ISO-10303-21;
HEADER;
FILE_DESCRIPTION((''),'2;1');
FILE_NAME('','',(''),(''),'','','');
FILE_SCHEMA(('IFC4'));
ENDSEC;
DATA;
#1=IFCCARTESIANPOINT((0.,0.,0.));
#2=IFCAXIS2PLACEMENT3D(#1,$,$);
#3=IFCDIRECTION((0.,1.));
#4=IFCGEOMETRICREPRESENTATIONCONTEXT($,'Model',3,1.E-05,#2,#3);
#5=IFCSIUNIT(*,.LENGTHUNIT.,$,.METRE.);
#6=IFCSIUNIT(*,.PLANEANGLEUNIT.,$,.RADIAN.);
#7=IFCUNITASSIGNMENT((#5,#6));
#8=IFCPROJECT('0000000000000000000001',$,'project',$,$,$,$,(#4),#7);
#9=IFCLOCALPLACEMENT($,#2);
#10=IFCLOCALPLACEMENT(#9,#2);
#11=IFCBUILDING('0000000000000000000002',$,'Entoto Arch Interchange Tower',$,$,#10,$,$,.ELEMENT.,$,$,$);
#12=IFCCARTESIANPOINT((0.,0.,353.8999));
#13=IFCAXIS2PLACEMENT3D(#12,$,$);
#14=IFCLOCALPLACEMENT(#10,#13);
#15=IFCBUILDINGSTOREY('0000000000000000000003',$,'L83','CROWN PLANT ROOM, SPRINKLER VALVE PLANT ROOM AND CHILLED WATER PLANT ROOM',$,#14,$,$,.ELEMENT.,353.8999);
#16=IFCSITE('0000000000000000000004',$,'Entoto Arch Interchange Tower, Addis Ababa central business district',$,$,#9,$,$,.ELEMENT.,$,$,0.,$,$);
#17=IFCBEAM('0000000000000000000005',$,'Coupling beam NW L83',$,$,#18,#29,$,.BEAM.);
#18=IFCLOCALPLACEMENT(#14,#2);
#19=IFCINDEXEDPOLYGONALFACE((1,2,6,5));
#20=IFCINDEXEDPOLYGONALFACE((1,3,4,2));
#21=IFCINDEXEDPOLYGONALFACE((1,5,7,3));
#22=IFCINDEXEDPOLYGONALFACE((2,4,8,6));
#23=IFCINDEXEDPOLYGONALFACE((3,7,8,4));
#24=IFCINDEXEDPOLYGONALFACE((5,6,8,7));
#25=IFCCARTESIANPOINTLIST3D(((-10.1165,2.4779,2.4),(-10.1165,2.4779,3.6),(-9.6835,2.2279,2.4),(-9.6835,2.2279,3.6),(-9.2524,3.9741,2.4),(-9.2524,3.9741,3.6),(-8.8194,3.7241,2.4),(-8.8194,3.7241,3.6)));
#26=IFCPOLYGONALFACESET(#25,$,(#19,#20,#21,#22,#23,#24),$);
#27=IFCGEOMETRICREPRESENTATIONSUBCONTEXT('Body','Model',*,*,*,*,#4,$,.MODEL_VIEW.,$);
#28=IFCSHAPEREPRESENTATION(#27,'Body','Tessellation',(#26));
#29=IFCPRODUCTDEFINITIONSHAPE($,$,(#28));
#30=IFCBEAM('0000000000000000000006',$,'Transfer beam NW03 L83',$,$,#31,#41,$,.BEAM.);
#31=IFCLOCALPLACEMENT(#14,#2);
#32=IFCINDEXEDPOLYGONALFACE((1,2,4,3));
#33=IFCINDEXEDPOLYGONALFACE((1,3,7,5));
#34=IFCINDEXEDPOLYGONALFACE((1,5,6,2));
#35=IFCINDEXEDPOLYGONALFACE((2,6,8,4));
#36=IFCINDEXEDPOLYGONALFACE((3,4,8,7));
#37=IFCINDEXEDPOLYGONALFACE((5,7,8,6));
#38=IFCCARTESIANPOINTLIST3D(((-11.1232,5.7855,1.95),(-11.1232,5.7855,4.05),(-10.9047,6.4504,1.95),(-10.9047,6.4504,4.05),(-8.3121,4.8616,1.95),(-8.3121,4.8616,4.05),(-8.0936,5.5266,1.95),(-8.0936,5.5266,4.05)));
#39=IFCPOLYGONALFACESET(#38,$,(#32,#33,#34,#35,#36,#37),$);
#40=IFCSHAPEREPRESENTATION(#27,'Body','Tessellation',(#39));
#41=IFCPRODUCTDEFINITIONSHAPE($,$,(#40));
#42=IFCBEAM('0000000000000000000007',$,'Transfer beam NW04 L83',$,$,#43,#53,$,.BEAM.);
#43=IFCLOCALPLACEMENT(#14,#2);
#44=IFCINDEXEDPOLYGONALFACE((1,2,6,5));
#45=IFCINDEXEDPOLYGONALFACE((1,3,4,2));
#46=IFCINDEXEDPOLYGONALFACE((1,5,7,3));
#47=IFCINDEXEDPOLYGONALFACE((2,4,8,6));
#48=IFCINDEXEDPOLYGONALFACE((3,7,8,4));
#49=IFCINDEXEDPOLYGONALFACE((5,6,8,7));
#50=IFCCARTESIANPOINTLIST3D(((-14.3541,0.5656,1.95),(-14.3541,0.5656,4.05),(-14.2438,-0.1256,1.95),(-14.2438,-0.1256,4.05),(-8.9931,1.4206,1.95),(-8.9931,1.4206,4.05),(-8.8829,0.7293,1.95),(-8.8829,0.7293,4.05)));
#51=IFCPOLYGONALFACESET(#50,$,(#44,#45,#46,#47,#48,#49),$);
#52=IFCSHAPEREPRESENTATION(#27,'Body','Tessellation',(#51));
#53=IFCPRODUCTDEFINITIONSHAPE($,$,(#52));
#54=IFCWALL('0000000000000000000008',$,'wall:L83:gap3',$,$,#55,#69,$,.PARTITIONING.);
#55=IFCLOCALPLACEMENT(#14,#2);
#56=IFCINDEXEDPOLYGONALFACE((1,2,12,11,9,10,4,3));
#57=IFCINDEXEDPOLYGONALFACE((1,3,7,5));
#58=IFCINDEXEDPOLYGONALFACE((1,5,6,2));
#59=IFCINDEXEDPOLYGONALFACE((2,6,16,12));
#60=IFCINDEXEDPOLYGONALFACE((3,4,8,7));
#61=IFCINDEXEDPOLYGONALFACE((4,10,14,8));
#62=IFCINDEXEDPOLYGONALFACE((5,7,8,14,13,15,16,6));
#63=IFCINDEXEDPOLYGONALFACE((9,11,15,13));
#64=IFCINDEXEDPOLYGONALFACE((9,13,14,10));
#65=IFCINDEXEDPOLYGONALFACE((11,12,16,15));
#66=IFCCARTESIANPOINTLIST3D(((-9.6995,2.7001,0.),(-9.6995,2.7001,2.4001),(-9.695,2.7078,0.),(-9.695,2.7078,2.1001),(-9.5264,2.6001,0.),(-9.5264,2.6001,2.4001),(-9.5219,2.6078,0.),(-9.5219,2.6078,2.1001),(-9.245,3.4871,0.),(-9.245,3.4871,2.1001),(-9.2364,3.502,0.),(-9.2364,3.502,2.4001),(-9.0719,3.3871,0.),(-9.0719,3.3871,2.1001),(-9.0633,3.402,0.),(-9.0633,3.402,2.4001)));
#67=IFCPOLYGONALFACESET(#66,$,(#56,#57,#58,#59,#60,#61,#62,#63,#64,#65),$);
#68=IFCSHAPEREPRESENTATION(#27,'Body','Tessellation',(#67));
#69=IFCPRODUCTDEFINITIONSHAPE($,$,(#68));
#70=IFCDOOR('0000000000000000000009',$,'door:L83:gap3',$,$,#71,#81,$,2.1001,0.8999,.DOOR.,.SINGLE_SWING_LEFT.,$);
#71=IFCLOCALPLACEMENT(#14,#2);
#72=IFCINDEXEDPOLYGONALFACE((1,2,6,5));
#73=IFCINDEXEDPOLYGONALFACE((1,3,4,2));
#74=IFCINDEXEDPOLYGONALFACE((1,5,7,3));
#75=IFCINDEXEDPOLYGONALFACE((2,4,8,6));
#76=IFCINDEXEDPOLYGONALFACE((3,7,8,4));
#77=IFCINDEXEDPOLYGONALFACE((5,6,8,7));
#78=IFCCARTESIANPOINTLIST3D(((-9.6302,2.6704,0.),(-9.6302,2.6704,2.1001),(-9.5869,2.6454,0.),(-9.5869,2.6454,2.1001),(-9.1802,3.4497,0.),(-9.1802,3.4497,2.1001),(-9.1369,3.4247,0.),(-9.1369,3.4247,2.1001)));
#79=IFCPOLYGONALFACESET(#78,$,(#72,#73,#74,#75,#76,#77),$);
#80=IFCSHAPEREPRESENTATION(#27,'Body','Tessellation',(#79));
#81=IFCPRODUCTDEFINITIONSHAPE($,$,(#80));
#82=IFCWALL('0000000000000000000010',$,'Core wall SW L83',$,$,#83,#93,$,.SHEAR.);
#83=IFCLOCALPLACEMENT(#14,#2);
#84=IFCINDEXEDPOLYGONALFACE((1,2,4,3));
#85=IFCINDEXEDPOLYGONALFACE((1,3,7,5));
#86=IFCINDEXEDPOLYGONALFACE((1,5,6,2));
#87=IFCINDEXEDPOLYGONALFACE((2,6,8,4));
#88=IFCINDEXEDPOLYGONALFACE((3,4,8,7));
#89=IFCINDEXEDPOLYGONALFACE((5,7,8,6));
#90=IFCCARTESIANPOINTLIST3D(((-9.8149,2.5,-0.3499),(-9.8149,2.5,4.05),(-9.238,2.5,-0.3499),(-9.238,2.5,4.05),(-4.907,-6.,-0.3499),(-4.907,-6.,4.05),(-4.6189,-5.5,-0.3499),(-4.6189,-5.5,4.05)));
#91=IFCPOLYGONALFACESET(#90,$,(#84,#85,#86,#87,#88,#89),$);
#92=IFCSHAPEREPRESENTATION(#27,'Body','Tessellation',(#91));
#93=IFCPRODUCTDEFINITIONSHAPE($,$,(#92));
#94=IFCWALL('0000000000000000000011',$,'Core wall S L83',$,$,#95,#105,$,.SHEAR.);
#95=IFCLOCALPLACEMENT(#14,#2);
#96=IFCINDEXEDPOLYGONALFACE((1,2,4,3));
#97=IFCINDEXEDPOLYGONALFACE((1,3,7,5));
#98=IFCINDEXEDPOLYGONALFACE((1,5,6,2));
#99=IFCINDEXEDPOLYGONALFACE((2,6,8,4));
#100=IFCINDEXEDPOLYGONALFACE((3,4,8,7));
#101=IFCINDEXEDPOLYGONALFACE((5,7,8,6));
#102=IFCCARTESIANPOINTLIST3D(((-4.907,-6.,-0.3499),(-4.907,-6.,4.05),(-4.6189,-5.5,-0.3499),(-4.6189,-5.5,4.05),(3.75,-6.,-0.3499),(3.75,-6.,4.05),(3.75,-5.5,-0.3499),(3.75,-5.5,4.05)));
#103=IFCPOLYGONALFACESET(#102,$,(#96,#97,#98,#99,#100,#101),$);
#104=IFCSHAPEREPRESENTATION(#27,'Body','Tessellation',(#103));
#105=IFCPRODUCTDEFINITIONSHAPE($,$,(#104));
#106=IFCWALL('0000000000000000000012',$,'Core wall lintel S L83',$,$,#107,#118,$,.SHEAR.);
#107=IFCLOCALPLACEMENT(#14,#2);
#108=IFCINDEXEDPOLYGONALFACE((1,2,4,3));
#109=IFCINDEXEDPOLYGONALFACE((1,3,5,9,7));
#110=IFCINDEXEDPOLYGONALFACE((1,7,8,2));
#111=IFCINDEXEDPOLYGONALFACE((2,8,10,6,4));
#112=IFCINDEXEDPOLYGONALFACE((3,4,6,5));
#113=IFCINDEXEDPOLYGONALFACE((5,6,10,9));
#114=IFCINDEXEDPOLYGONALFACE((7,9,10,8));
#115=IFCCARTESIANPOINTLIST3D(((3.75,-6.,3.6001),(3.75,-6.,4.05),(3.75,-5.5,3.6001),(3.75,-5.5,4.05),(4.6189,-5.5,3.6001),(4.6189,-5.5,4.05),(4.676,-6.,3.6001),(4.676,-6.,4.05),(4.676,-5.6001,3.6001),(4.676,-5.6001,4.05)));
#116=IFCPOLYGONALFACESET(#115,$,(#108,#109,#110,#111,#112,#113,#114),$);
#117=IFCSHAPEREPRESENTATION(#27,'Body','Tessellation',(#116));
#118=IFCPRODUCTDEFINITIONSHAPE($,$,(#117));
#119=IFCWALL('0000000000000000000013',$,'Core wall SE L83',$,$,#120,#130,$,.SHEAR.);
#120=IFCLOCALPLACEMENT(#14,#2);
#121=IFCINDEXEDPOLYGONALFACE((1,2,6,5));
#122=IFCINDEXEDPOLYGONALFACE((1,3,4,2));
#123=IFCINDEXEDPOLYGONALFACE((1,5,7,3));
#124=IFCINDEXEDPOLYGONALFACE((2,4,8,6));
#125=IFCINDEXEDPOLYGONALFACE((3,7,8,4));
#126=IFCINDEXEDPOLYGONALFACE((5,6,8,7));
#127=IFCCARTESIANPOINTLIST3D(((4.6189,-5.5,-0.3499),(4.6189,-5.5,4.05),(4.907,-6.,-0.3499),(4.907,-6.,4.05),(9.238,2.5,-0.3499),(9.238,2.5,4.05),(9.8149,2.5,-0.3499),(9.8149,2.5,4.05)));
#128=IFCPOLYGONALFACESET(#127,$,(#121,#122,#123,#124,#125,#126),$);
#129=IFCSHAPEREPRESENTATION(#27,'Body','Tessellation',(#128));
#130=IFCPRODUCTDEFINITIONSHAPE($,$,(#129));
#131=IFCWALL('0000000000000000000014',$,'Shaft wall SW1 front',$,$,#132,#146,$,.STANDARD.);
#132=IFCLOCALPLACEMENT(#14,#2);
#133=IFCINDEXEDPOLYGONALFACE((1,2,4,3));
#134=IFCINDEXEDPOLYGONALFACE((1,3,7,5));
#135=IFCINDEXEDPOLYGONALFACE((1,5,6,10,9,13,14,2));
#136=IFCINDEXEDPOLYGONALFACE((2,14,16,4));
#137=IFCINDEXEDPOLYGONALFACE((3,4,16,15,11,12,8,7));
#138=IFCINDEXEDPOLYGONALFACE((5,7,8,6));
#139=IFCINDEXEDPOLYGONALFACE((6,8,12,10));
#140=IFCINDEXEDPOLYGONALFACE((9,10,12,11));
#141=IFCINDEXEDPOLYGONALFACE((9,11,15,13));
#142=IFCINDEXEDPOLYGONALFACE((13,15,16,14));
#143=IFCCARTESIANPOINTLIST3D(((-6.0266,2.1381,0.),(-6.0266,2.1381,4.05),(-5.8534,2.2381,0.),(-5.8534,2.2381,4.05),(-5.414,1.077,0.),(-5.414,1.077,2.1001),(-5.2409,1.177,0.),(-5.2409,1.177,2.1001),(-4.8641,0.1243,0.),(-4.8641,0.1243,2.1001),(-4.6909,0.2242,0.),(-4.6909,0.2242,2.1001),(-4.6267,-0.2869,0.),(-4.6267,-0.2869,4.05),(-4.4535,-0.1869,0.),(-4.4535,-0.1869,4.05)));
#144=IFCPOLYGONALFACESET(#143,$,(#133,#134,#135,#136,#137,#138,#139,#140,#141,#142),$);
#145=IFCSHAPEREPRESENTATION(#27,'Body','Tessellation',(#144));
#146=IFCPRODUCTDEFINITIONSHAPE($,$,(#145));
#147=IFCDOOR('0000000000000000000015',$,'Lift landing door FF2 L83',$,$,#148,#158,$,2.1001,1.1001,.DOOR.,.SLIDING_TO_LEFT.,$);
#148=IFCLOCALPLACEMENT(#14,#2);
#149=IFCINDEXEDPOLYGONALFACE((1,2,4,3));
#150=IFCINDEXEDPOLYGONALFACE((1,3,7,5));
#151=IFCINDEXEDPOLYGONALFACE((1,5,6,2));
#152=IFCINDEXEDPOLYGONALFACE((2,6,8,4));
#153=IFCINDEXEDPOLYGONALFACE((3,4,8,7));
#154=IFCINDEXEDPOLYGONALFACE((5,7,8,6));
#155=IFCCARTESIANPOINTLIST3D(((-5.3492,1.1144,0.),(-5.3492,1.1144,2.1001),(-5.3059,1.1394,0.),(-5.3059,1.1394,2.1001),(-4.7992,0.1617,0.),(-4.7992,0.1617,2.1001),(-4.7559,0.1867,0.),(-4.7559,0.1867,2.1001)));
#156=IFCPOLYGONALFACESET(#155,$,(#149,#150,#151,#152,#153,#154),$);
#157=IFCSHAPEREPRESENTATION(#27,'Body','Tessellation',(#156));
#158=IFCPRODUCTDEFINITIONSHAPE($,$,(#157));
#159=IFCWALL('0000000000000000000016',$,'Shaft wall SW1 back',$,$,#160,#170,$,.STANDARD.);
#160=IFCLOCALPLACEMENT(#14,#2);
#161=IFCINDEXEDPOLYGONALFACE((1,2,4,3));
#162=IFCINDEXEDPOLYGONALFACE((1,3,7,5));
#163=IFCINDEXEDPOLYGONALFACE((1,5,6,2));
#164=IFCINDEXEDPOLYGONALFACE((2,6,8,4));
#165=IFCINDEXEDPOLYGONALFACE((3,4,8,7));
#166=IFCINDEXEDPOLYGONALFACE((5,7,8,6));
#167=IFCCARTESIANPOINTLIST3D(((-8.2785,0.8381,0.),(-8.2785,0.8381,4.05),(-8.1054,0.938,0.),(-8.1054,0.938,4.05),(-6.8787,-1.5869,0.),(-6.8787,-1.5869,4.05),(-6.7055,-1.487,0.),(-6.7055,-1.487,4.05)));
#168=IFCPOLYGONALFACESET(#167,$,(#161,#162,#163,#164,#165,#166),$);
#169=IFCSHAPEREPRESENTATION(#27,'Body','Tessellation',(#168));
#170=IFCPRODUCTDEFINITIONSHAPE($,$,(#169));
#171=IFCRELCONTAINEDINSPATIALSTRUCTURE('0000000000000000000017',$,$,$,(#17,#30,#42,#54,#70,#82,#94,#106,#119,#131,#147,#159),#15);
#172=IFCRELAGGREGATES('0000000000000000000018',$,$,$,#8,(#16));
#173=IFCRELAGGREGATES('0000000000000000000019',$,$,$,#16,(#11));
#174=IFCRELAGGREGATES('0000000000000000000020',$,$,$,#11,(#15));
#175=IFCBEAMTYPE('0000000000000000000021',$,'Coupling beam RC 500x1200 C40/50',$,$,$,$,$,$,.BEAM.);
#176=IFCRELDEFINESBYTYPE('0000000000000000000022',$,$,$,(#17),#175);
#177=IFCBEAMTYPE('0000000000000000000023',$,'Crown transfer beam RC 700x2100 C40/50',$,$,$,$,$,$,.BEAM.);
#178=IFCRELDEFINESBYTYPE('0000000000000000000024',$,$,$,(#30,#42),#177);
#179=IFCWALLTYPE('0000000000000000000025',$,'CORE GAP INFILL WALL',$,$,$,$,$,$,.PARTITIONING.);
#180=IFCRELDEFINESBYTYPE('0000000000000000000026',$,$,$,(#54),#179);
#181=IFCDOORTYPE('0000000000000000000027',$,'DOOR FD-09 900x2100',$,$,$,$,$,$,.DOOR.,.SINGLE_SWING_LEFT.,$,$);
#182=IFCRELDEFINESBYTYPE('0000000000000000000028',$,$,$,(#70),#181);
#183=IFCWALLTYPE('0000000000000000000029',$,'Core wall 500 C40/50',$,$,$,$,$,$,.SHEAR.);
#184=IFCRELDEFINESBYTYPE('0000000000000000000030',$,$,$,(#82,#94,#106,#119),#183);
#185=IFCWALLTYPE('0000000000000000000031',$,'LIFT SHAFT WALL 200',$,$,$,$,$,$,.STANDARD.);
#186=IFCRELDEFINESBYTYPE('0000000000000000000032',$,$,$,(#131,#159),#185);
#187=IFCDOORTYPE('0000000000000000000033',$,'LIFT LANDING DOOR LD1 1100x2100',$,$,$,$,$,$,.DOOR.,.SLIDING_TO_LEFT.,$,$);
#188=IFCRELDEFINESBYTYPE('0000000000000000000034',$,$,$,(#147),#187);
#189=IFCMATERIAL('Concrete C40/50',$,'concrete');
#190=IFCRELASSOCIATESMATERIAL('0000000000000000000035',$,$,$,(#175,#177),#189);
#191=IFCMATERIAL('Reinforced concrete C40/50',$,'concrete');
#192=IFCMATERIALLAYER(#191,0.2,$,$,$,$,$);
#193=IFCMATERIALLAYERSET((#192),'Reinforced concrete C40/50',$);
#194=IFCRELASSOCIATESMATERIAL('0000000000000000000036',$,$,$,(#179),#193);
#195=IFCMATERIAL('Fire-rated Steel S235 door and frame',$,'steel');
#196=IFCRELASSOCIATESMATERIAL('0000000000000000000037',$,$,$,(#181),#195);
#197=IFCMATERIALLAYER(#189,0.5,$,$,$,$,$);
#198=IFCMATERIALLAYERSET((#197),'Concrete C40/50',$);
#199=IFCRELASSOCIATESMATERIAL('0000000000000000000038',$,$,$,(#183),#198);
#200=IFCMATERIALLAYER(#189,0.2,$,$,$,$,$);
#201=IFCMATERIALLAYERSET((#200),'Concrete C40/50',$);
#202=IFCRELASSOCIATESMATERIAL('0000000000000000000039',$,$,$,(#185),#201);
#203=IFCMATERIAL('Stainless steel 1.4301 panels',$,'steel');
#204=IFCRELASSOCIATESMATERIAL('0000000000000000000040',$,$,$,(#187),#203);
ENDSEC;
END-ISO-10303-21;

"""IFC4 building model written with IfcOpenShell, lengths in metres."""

from ifc_helpers import new_model, si_unit, direction, frame, frame_2d, origin, origin_2d, place, context, subcontext, project, spatial, polyline, rectangle, outline, extrude, material, layer, layer_set, material_profile, profile_set, type_object, element, fill, save


model = new_model("IFC4")

# Units and contexts
model_context = context("Model", 3, precision=1e-05, world=origin(), true_north=direction((0.0, 1.0)))
body_context = subcontext(model_context, "Body", "Model", "MODEL_VIEW")
ifc_project = project(units=[si_unit("LENGTHUNIT", "METRE"), si_unit("PLANEANGLEUNIT", "RADIAN")], contexts=[model_context])

# Site, building, storey
site_placement = place(None, origin())
site = spatial("IfcSite", under=ifc_project, at=site_placement, Name="Entoto Arch Interchange Tower, Addis Ababa central business district", CompositionType="ELEMENT", RefElevation=0.0)
building_placement = place(site_placement, origin())
building = spatial("IfcBuilding", under=site, at=building_placement, Name="Entoto Arch Interchange Tower", CompositionType="ELEMENT")
storey_placement = place(building_placement, frame((0.0, 0.0, 353.8999)))
storey = spatial("IfcBuildingStorey", under=building, at=storey_placement, Name="L83", Description="CROWN PLANT ROOM, SPRINKLER VALVE PLANT ROOM AND CHILLED WATER PLANT ROOM", CompositionType="ELEMENT", Elevation=353.8999)

# Beams
ifc_material_1 = material(Name="Concrete C40/50", Category="concrete")
ifc_material_profile_1 = material_profile(ifc_material_1, rectangle(XDim=0.5, YDim=1.2, at=origin_2d()))
ifc_profile_set_1 = profile_set([ifc_material_profile_1], Name="Concrete C40/50")
beam_type_1 = type_object("IfcBeamType", Name="Coupling beam RC 500x1200 C40/50", PredefinedType="BEAM", material=ifc_profile_set_1)
beam_1_placement = place(storey_placement, frame((-9.0359, 3.8491, 3.0), z_axis=(-0.500106, -0.865964, 0.0), x_axis=(0.865964, -0.500106, 0.0)))
element("IfcBeam", 1, at=beam_1_placement, inside=storey, type_object=beam_type_1, Name="Coupling beam NW L83", PredefinedType="BEAM", context=body_context, shape_type="SweptSolid", body=[
    extrude(rectangle(XDim=0.5, YDim=1.2, at=origin_2d()), origin(), (0.0, 0.0, 1.0), 1.7278),
])
ifc_material_profile_2 = material_profile(ifc_material_1, rectangle(XDim=0.7, YDim=2.1001, at=origin_2d()))
ifc_profile_set_2 = profile_set([ifc_material_profile_2], Name="Concrete C40/50")
beam_type_2 = type_object("IfcBeamType", Name="Crown transfer beam RC 700x2100 C40/50", PredefinedType="BEAM", material=ifc_profile_set_2)
beam_2_placement = place(storey_placement, frame((-8.2029, 5.1941, 3.0), z_axis=(-0.950011, 0.312215, 0.0), x_axis=(-0.312215, -0.950011, 0.0)))
element("IfcBeam", 2, at=beam_2_placement, inside=storey, type_object=beam_type_2, Name="Transfer beam NW03 L83", PredefinedType="BEAM", context=body_context, shape_type="SweptSolid", body=[
    extrude(rectangle(XDim=0.7, YDim=2.1001, at=origin_2d()), origin(), (0.0, 0.0, 1.0), 2.959),
])
beam_3_placement = place(storey_placement, frame((-8.938, 1.075, 3.0), z_axis=(-0.987521, -0.157489, 0.0), x_axis=(0.157489, -0.987521, 0.0)))
element("IfcBeam", 3, at=beam_3_placement, inside=storey, type_object=beam_type_2, Name="Transfer beam NW04 L83", PredefinedType="BEAM", context=body_context, shape_type="SweptSolid", body=[
    extrude(rectangle(XDim=0.7, YDim=2.1001, at=origin_2d()), origin(), (0.0, 0.0, 1.0), 5.4287),
])

# Wall, opening, door
ifc_material_2 = material(Name="Reinforced concrete C40/50", Category="concrete")
ifc_layer_1 = layer(ifc_material_2, 0.2)
ifc_layer_set_1 = layer_set([ifc_layer_1], Name="Reinforced concrete C40/50")
wall_type_1 = type_object("IfcWallType", Name="CORE GAP INFILL WALL", PredefinedType="PARTITIONING", material=ifc_layer_set_1)
wall_1_placement = place(storey_placement, frame((-9.1499, 3.4519, 0.0), z_axis=(0.0, 0.0, 1.0), x_axis=(-0.50008, -0.865979, 0.0)))
wall_1 = element("IfcWall", 4, at=wall_1_placement, inside=storey, type_object=wall_type_1, Name="wall:L83:gap3", PredefinedType="PARTITIONING", context=body_context, shape_type="SweptSolid", body=[
    extrude(rectangle(XDim=0.926, YDim=0.2, at=frame_2d((0.4629, 0.0))), origin(), (0.0, 0.0, 1.0), 2.4001),
])
opening_1_placement = place(wall_1_placement, frame((0.0171, 0.0, 0.0)))
opening_1 = element("IfcOpeningElement", 5, at=opening_1_placement, cuts=wall_1, PredefinedType="OPENING", context=body_context, shape_type="SweptSolid", body=[
    extrude(rectangle(XDim=0.8999, YDim=2.1001, at=frame_2d((0.45, 1.05))), frame((0.0, 0.1099, 0.0), z_axis=(0.0, -1.0, 0.0), x_axis=(1.0, 0.0, 0.0)), (0.0, 0.0, 1.0), 0.22),
])
ifc_material_3 = material(Name="Fire-rated Steel S235 door and frame", Category="steel")
door_type_1 = type_object("IfcDoorType", Name="DOOR FD-09 900x2100", OperationType="SINGLE_SWING_LEFT", PredefinedType="DOOR", material=ifc_material_3)
door_1_placement = place(opening_1_placement, origin())
door_1 = element("IfcDoor", 6, at=door_1_placement, inside=storey, type_object=door_type_1, Name="door:L83:gap3", OperationType="SINGLE_SWING_LEFT", OverallHeight=2.1001, OverallWidth=0.8999, PredefinedType="DOOR", context=body_context, shape_type="SweptSolid", body=[
    extrude(rectangle(XDim=0.8999, YDim=2.1001, at=frame_2d((0.45, 1.05))), frame((0.0, 0.0249, 0.0), z_axis=(0.0, -1.0, 0.0), x_axis=(1.0, 0.0, 0.0)), (0.0, 0.0, 1.0), 0.05),
])
fill(opening_1, door_1)

# Walls
ifc_layer_2 = layer(ifc_material_1, 0.5)
ifc_layer_set_2 = layer_set([ifc_layer_2], Name="Concrete C40/50")
wall_type_2 = type_object("IfcWallType", Name="Core wall 500 C40/50", PredefinedType="SHEAR", material=ifc_layer_set_2)
wall_2_placement = place(storey_placement, frame((0.0, 0.0, -0.3499)))
element("IfcWall", 7, at=wall_2_placement, inside=storey, type_object=wall_type_2, Name="Core wall SW L83", PredefinedType="SHEAR", context=body_context, shape_type="SweptSolid", body=[
    extrude(outline(polyline([(-9.8149, 2.5), (-4.907, -6.0), (-4.6189, -5.5), (-9.238, 2.5), (-9.8149, 2.5)])), origin(), (0.0, 0.0, 1.0), 4.3999),
])
wall_3_placement = place(storey_placement, frame((0.0, 0.0, -0.3499)))
element("IfcWall", 8, at=wall_3_placement, inside=storey, type_object=wall_type_2, Name="Core wall S L83", PredefinedType="SHEAR", context=body_context, shape_type="SweptSolid", body=[
    extrude(outline(polyline([(3.75, -6.0), (3.75, -5.5), (-4.6189, -5.5), (-4.907, -6.0), (3.75, -6.0)])), origin(), (0.0, 0.0, 1.0), 4.3999),
])
wall_4_placement = place(storey_placement, frame((0.0, 0.0, 3.6001)))
element("IfcWall", 9, at=wall_4_placement, inside=storey, type_object=wall_type_2, Name="Core wall lintel S L83", PredefinedType="SHEAR", context=body_context, shape_type="SweptSolid", body=[
    extrude(outline(polyline([(4.676, -6.0), (4.676, -5.6001), (4.6189, -5.5), (3.75, -5.5), (3.75, -6.0), (4.676, -6.0)])), origin(), (0.0, 0.0, 1.0), 0.45),
])
wall_5_placement = place(storey_placement, frame((0.0, 0.0, -0.3499)))
element("IfcWall", 10, at=wall_5_placement, inside=storey, type_object=wall_type_2, Name="Core wall SE L83", PredefinedType="SHEAR", context=body_context, shape_type="SweptSolid", body=[
    extrude(outline(polyline([(4.907, -6.0), (9.8149, 2.5), (9.238, 2.5), (4.6189, -5.5), (4.907, -6.0)])), origin(), (0.0, 0.0, 1.0), 4.3999),
])

# Wall, opening, door
ifc_layer_3 = layer(ifc_material_1, 0.2)
ifc_layer_set_3 = layer_set([ifc_layer_3], Name="Concrete C40/50")
wall_type_3 = type_object("IfcWallType", Name="LIFT SHAFT WALL 200", PredefinedType="STANDARD", material=ifc_layer_set_3)
wall_6_placement = place(storey_placement, frame((-5.9399, 2.188, 0.0), z_axis=(0.0, 0.0, 1.0), x_axis=(0.499946, -0.866056, 0.0)))
wall_6 = element("IfcWall", 11, at=wall_6_placement, inside=storey, type_object=wall_type_3, Name="Shaft wall SW1 front", PredefinedType="STANDARD", context=body_context, shape_type="SweptSolid", body=[
    extrude(rectangle(XDim=2.8, YDim=0.2, at=frame_2d((1.3999, 0.0))), origin(), (0.0, 0.0, 1.0), 4.05),
])
opening_2_placement = place(wall_6_placement, frame((1.2251, 0.0, 0.0)))
opening_2 = element("IfcOpeningElement", 12, at=opening_2_placement, cuts=wall_6, PredefinedType="OPENING", context=body_context, shape_type="SweptSolid", body=[
    extrude(rectangle(XDim=1.1001, YDim=2.1001, at=frame_2d((0.55, 1.05))), frame((0.0, 0.1099, 0.0), z_axis=(0.0, -1.0, 0.0), x_axis=(1.0, 0.0, 0.0)), (0.0, 0.0, 1.0), 0.22),
])
ifc_material_4 = material(Name="Stainless steel 1.4301 panels", Category="steel")
door_type_2 = type_object("IfcDoorType", Name="LIFT LANDING DOOR LD1 1100x2100", OperationType="SLIDING_TO_LEFT", PredefinedType="DOOR", material=ifc_material_4)
door_2_placement = place(opening_2_placement, origin())
door_2 = element("IfcDoor", 13, at=door_2_placement, inside=storey, type_object=door_type_2, Name="Lift landing door FF2 L83", OperationType="SLIDING_TO_LEFT", OverallHeight=2.1001, OverallWidth=1.1001, PredefinedType="DOOR", context=body_context, shape_type="SweptSolid", body=[
    extrude(rectangle(XDim=1.1001, YDim=2.1001, at=frame_2d((0.55, 1.05))), frame((0.0, 0.0249, 0.0), z_axis=(0.0, -1.0, 0.0), x_axis=(1.0, 0.0, 0.0)), (0.0, 0.0, 1.0), 0.05),
])
fill(opening_2, door_2)

# Wall
wall_7_placement = place(storey_placement, frame((-8.1919, 0.8879, 0.0), z_axis=(0.0, 0.0, 1.0), x_axis=(0.499946, -0.866056, 0.0)))
element("IfcWall", 14, at=wall_7_placement, inside=storey, type_object=wall_type_3, Name="Shaft wall SW1 back", PredefinedType="STANDARD", context=body_context, shape_type="SweptSolid", body=[
    extrude(rectangle(XDim=2.8, YDim=0.2, at=frame_2d((1.3999, 0.0))), origin(), (0.0, 0.0, 1.0), 4.05),
])

save(model, "model.ifc")
